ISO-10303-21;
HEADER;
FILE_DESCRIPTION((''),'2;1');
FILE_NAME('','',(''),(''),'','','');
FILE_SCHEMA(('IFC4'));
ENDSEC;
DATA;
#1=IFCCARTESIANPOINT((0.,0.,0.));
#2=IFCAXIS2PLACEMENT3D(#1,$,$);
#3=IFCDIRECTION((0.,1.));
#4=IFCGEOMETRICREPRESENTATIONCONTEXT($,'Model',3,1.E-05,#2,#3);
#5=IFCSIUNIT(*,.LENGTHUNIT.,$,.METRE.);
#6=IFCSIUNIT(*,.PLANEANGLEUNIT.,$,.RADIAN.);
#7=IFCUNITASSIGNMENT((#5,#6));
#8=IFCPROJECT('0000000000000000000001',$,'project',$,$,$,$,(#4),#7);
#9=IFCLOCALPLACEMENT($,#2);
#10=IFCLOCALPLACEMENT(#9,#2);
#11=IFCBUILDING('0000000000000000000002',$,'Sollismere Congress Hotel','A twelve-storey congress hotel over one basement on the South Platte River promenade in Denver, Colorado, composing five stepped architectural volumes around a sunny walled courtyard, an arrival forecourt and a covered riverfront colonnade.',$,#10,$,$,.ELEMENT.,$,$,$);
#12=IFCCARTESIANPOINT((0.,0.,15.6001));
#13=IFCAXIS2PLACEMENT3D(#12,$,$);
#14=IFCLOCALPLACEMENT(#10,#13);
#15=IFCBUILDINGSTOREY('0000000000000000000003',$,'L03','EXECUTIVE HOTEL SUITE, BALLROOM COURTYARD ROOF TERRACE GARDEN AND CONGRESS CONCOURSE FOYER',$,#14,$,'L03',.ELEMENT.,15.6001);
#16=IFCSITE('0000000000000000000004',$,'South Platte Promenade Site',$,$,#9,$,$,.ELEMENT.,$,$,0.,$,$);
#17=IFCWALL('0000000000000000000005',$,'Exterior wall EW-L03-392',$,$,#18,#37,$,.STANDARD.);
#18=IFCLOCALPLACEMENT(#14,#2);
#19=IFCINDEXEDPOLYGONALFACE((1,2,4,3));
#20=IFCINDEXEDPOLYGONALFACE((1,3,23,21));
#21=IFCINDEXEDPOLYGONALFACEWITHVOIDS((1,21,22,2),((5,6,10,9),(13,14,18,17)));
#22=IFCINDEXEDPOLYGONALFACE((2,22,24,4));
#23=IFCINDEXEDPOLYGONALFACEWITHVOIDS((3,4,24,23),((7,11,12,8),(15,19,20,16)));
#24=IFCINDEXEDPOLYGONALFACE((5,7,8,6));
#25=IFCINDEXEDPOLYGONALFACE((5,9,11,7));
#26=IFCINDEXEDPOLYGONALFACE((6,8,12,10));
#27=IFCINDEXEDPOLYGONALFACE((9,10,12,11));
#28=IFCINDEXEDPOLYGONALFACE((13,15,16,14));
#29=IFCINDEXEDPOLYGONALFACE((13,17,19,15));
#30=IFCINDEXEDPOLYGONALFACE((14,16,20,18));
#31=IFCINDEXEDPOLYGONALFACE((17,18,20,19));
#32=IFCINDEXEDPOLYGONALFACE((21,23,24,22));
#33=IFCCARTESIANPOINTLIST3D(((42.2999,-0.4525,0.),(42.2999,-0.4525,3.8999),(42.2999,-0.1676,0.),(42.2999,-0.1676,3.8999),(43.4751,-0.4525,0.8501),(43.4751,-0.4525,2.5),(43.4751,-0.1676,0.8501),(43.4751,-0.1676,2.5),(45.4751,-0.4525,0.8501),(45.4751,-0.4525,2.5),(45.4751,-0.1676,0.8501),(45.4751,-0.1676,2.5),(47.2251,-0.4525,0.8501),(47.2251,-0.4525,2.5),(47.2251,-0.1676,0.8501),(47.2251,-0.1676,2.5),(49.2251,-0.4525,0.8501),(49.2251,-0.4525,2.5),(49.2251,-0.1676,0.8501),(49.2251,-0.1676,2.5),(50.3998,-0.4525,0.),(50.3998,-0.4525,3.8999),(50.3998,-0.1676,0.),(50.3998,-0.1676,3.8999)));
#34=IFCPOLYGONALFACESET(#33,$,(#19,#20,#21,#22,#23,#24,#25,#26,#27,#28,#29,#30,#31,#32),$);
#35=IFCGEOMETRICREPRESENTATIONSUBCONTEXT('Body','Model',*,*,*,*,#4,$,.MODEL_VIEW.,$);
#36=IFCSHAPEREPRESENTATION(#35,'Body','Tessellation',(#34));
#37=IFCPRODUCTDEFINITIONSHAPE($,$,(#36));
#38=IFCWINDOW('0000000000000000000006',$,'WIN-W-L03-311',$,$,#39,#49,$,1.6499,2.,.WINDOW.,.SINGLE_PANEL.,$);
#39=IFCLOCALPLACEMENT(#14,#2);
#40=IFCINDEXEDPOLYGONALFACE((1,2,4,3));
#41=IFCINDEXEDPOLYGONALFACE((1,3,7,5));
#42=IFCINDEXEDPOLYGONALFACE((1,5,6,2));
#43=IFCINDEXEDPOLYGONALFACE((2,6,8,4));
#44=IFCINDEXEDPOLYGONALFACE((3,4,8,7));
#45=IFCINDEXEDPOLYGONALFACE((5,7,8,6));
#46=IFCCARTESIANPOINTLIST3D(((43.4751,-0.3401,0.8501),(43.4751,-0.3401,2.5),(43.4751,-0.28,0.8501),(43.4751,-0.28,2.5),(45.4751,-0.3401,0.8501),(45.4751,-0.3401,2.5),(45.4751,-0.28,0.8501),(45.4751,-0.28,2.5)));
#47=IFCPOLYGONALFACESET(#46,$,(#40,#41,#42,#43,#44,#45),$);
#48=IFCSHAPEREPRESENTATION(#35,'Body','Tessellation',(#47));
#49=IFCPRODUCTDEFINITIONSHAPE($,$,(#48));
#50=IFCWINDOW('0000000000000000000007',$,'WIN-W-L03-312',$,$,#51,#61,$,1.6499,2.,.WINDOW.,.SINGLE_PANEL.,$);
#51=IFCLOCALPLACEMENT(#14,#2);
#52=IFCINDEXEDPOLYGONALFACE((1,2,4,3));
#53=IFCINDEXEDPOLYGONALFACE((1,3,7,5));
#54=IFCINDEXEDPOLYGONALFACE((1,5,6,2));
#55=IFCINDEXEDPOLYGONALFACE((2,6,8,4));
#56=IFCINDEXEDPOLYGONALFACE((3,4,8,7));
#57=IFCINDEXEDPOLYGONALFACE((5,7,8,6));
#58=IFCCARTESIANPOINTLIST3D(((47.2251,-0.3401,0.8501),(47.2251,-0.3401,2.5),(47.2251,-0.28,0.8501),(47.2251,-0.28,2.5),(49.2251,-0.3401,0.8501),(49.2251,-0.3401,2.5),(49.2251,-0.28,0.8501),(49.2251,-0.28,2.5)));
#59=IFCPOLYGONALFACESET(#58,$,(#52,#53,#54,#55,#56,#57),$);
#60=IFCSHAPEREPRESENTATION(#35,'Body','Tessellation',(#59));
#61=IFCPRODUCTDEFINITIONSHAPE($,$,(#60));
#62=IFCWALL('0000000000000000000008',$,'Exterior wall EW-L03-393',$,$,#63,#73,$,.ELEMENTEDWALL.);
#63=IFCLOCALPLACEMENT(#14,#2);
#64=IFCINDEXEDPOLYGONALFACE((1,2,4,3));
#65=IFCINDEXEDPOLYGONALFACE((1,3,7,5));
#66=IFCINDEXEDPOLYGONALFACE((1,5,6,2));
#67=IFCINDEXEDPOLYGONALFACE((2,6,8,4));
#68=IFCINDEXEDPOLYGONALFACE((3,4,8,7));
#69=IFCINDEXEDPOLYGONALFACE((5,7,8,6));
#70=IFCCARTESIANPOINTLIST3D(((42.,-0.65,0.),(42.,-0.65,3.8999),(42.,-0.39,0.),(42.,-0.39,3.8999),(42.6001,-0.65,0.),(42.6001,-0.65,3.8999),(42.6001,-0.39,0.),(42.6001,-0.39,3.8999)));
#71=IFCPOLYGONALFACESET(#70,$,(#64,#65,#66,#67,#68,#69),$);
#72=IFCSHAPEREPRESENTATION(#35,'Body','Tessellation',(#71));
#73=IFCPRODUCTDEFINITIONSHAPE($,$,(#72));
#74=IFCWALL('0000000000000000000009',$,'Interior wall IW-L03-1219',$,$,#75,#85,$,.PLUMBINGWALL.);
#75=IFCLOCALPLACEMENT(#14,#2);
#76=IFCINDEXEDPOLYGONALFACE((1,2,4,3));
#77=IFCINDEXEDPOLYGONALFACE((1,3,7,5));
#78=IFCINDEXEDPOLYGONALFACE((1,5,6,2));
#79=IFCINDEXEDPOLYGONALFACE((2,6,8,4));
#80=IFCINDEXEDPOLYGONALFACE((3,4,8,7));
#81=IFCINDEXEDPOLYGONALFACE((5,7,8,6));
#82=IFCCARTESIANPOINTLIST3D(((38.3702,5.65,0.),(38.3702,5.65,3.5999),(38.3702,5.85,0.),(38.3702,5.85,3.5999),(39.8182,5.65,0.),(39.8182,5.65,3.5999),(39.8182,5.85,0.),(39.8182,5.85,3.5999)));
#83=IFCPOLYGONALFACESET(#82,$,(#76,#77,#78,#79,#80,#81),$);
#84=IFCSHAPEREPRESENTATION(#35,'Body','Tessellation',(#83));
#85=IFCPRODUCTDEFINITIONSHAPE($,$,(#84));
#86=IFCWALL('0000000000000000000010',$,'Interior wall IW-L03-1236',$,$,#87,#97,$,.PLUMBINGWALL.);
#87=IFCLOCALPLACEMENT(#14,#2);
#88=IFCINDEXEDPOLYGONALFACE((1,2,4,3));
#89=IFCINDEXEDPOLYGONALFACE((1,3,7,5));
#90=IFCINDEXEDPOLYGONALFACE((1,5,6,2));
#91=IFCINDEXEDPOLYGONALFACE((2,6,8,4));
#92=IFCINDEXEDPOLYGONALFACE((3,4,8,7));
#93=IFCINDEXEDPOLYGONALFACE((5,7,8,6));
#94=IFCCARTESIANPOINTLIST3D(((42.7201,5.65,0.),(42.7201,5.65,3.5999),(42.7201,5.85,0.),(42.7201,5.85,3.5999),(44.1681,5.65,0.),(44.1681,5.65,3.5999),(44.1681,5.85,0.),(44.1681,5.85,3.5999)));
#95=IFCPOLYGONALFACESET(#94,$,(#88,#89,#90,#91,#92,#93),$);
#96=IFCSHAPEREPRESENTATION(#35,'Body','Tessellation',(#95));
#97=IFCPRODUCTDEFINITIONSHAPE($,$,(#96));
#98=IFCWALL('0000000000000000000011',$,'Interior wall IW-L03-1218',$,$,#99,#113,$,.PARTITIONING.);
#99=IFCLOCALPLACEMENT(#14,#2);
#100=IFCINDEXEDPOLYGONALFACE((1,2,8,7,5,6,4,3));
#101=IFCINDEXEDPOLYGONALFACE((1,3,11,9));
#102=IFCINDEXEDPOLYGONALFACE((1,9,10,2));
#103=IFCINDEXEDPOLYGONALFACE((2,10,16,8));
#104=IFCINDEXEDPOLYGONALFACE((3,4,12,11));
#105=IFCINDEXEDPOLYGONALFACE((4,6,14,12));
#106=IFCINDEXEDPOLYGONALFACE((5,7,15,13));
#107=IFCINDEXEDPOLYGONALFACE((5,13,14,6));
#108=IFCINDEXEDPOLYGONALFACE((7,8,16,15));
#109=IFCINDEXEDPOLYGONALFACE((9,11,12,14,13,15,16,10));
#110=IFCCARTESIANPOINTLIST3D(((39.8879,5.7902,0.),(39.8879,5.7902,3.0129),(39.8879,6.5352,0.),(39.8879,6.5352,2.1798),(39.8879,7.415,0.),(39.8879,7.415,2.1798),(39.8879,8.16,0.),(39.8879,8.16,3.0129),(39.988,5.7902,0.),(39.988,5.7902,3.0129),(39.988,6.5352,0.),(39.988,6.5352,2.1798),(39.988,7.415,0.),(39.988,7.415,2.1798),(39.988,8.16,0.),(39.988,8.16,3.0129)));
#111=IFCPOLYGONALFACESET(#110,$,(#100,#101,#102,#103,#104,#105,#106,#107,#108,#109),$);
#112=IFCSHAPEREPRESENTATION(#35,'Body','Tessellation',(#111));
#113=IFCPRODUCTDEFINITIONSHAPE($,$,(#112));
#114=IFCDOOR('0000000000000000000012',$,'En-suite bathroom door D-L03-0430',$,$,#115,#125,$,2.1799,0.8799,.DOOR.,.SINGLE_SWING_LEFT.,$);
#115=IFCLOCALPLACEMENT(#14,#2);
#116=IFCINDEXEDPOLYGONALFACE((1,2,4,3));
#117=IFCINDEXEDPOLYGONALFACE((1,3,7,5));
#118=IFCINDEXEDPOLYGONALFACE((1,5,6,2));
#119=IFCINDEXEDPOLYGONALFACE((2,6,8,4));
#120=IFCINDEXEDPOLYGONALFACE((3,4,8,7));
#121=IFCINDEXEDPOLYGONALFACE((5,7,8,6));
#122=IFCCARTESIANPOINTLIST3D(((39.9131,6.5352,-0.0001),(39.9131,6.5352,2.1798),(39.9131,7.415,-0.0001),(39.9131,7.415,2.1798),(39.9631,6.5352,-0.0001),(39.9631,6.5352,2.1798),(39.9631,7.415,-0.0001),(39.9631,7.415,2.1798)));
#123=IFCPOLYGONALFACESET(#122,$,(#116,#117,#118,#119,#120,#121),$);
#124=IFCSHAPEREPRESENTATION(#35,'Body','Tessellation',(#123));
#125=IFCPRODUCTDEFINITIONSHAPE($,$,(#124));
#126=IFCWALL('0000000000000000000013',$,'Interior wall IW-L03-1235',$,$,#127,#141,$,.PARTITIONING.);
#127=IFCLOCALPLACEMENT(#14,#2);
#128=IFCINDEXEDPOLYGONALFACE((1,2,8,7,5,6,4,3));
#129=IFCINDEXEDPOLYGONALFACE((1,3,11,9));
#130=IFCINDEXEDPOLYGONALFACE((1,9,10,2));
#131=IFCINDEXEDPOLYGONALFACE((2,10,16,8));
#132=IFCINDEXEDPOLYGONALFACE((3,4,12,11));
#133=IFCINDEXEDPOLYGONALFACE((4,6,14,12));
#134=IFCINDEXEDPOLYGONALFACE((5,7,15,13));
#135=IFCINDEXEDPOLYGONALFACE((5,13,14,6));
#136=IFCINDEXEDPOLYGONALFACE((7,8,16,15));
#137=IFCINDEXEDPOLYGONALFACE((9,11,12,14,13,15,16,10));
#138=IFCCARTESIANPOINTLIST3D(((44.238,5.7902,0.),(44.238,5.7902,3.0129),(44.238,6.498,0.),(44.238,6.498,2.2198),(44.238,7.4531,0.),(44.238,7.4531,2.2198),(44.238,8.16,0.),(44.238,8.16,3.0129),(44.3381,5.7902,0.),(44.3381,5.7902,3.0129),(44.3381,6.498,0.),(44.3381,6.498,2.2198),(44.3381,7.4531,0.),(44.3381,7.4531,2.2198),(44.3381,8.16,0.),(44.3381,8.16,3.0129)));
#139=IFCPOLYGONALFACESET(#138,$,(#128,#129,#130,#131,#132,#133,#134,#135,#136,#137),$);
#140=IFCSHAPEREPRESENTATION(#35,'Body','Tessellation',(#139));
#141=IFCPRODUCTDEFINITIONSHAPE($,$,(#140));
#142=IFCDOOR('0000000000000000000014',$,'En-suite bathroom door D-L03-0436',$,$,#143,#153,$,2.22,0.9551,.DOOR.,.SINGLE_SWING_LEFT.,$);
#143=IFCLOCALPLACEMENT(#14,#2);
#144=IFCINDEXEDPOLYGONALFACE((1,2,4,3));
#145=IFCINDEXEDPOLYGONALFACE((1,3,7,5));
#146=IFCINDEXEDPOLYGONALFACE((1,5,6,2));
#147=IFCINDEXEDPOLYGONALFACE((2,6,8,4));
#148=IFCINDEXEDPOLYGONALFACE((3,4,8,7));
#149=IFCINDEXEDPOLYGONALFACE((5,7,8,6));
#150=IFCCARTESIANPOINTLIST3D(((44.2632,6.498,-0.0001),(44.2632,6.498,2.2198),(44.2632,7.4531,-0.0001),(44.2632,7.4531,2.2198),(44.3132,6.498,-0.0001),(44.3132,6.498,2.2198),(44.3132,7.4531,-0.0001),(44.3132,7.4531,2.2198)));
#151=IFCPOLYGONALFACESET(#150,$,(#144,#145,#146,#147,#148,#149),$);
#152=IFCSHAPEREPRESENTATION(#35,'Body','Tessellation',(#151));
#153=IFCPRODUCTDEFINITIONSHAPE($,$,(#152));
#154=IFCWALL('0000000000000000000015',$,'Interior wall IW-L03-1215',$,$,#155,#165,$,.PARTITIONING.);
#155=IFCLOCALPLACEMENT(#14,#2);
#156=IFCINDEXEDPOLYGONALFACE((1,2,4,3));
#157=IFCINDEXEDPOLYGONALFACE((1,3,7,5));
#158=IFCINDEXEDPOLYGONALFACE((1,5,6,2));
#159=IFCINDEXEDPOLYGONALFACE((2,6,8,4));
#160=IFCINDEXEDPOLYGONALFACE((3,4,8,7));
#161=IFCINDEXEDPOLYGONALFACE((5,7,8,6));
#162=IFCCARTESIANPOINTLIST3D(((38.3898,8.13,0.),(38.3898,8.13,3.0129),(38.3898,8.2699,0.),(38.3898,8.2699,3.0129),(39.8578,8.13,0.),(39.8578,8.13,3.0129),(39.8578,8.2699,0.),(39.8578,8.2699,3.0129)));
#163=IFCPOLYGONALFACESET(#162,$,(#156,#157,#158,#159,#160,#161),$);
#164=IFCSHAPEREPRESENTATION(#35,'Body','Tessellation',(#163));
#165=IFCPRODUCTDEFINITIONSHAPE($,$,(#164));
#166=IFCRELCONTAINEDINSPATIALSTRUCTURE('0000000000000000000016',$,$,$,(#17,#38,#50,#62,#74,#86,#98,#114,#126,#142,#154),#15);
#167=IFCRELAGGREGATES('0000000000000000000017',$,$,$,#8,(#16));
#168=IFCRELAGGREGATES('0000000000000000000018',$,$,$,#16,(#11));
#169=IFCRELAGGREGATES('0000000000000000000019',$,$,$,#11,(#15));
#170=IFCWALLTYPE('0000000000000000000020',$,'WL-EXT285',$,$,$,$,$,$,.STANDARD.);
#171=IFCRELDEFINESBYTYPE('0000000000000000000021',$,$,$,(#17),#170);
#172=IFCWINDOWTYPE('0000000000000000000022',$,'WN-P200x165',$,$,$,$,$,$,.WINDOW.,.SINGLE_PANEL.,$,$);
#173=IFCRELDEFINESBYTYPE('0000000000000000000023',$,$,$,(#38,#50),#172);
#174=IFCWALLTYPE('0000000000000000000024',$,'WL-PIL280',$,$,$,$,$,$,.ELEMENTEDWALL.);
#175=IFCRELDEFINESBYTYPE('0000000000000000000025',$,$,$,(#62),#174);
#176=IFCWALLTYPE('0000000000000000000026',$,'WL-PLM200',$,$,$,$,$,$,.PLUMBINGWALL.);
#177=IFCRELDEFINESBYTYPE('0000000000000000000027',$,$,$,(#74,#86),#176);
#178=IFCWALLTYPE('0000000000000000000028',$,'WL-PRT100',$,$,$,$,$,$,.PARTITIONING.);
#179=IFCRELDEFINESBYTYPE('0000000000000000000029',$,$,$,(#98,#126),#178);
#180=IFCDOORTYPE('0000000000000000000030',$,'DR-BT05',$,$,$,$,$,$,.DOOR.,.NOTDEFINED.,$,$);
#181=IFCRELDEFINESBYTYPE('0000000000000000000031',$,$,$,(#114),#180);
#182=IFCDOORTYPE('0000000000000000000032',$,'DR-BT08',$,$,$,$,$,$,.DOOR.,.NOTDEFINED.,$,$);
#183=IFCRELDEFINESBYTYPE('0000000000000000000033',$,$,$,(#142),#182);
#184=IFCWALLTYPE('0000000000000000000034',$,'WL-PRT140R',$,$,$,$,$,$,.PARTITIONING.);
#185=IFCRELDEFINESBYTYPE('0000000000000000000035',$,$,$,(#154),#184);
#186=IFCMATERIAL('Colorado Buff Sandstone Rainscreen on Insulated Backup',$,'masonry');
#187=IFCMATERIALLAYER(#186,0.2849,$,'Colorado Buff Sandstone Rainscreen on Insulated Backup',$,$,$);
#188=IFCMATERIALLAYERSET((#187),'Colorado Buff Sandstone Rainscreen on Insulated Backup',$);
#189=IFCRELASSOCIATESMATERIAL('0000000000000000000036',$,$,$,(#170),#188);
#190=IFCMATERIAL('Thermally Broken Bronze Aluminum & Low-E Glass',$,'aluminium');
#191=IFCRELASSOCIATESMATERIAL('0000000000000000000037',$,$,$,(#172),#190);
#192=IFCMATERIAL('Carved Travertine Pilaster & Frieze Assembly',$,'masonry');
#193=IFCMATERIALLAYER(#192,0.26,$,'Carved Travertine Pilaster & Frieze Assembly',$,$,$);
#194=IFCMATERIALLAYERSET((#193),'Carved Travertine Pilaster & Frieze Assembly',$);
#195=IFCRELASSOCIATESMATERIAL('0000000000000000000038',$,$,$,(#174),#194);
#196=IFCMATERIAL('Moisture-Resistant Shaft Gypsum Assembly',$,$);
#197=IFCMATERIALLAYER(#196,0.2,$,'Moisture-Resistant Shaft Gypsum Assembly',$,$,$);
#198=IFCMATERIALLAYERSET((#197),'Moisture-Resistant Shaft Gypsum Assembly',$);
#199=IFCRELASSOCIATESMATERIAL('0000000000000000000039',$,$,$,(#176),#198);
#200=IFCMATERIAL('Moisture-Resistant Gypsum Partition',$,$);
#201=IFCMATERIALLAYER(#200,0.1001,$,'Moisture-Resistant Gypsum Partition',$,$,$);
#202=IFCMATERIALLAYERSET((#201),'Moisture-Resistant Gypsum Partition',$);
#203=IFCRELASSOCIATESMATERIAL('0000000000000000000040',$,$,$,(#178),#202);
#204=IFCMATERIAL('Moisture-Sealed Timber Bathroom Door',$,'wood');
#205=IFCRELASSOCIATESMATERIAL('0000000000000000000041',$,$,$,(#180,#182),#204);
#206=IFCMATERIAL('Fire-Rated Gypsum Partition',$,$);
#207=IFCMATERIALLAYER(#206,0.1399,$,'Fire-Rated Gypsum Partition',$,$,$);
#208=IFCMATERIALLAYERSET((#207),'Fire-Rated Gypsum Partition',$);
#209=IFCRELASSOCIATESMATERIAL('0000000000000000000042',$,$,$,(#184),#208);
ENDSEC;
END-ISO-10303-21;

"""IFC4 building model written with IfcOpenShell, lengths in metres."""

from ifc_helpers import new_model, si_unit, direction, frame, frame_2d, origin, place, context, subcontext, project, spatial, rectangle, extrude, material, layer, layer_set, type_object, element, fill, save


model = new_model("IFC4")

# Units and contexts
model_context = context("Model", 3, precision=1e-05, world=origin(), true_north=direction((0.0, 1.0)))
body_context = subcontext(model_context, "Body", "Model", "MODEL_VIEW")
ifc_project = project(units=[si_unit("LENGTHUNIT", "METRE"), si_unit("PLANEANGLEUNIT", "RADIAN")], contexts=[model_context])

# Site, building, storey
site_placement = place(None, origin())
site = spatial("IfcSite", under=ifc_project, at=site_placement, Name="South Platte Promenade Site", CompositionType="ELEMENT", RefElevation=0.0)
building_placement = place(site_placement, origin())
building = spatial("IfcBuilding", under=site, at=building_placement, Name="Sollismere Congress Hotel", Description="A twelve-storey congress hotel over one basement on the South Platte River promenade in Denver, Colorado, composing five stepped architectural volumes around a sunny walled courtyard, an arrival forecourt and a covered riverfront colonnade.", CompositionType="ELEMENT")
storey_placement = place(building_placement, frame((0.0, 0.0, 15.6001)))
storey = spatial("IfcBuildingStorey", under=building, at=storey_placement, Name="L03", Description="EXECUTIVE HOTEL SUITE, BALLROOM COURTYARD ROOF TERRACE GARDEN AND CONGRESS CONCOURSE FOYER", LongName="L03", CompositionType="ELEMENT", Elevation=15.6001)

# Wall, openings, windows
ifc_material_1 = material(Name="Colorado Buff Sandstone Rainscreen on Insulated Backup", Category="masonry")
ifc_layer_1 = layer(ifc_material_1, 0.2849, Name="Colorado Buff Sandstone Rainscreen on Insulated Backup")
ifc_layer_set_1 = layer_set([ifc_layer_1], Name="Colorado Buff Sandstone Rainscreen on Insulated Backup")
wall_type_1 = type_object("IfcWallType", Name="WL-EXT285", PredefinedType="STANDARD", material=ifc_layer_set_1)
wall_1_placement = place(storey_placement, frame((42.3, -0.3101, 0.0), z_axis=(0.0, 0.0, 1.0), x_axis=(1.0, 0.0, 0.0)))
wall_1 = element("IfcWall", 1, at=wall_1_placement, inside=storey, type_object=wall_type_1, Name="Exterior wall EW-L03-392", PredefinedType="STANDARD", context=body_context, shape_type="SweptSolid", body=[
    extrude(rectangle(XDim=8.0999, YDim=0.2849, at=frame_2d((4.0498, 0.0))), origin(), (0.0, 0.0, 1.0), 3.8999),
])
opening_1_placement = place(wall_1_placement, frame((1.175, 0.0, 0.8501)))
opening_1 = element("IfcOpeningElement", 2, at=opening_1_placement, cuts=wall_1, PredefinedType="OPENING", context=body_context, shape_type="SweptSolid", body=[
    extrude(rectangle(XDim=2.0, YDim=1.6499, at=frame_2d((1.0, 0.825))), frame((0.0, 0.1523, 0.0), z_axis=(0.0, -1.0, 0.0), x_axis=(1.0, 0.0, 0.0)), (0.0, 0.0, 1.0), 0.3049),
])
opening_2_placement = place(wall_1_placement, frame((4.925, 0.0, 0.8501)))
opening_2 = element("IfcOpeningElement", 3, at=opening_2_placement, cuts=wall_1, PredefinedType="OPENING", context=body_context, shape_type="SweptSolid", body=[
    extrude(rectangle(XDim=2.0, YDim=1.6499, at=frame_2d((1.0, 0.825))), frame((0.0, 0.1523, 0.0), z_axis=(0.0, -1.0, 0.0), x_axis=(1.0, 0.0, 0.0)), (0.0, 0.0, 1.0), 0.3049),
])
ifc_material_2 = material(Name="Thermally Broken Bronze Aluminum & Low-E Glass", Category="aluminium")
window_type = type_object("IfcWindowType", Name="WN-P200x165", PartitioningType="SINGLE_PANEL", PredefinedType="WINDOW", material=ifc_material_2)
window_1_placement = place(opening_1_placement, origin())
window_1 = element("IfcWindow", 4, at=window_1_placement, inside=storey, type_object=window_type, Name="WIN-W-L03-311", OverallHeight=1.6499, OverallWidth=2.0, PartitioningType="SINGLE_PANEL", PredefinedType="WINDOW", context=body_context, shape_type="SweptSolid", body=[
    extrude(rectangle(XDim=2.0, YDim=1.6499, at=frame_2d((1.0, 0.825))), frame((0.0, 0.03, 0.0), z_axis=(0.0, -1.0, 0.0), x_axis=(1.0, 0.0, 0.0)), (0.0, 0.0, 1.0), 0.0601),
])
fill(opening_1, window_1)
window_2_placement = place(opening_2_placement, origin())
window_2 = element("IfcWindow", 5, at=window_2_placement, inside=storey, type_object=window_type, Name="WIN-W-L03-312", OverallHeight=1.6499, OverallWidth=2.0, PartitioningType="SINGLE_PANEL", PredefinedType="WINDOW", context=body_context, shape_type="SweptSolid", body=[
    extrude(rectangle(XDim=2.0, YDim=1.6499, at=frame_2d((1.0, 0.825))), frame((0.0, 0.03, 0.0), z_axis=(0.0, -1.0, 0.0), x_axis=(1.0, 0.0, 0.0)), (0.0, 0.0, 1.0), 0.0601),
])
fill(opening_2, window_2)

# Walls
ifc_material_3 = material(Name="Carved Travertine Pilaster & Frieze Assembly", Category="masonry")
ifc_layer_2 = layer(ifc_material_3, 0.26, Name="Carved Travertine Pilaster & Frieze Assembly")
ifc_layer_set_2 = layer_set([ifc_layer_2], Name="Carved Travertine Pilaster & Frieze Assembly")
wall_type_2 = type_object("IfcWallType", Name="WL-PIL280", PredefinedType="ELEMENTEDWALL", material=ifc_layer_set_2)
wall_2_placement = place(storey_placement, frame((42.0, -0.52, 0.0), z_axis=(0.0, 0.0, 1.0), x_axis=(1.0, 0.0, 0.0)))
element("IfcWall", 6, at=wall_2_placement, inside=storey, type_object=wall_type_2, Name="Exterior wall EW-L03-393", PredefinedType="ELEMENTEDWALL", context=body_context, shape_type="SweptSolid", body=[
    extrude(rectangle(XDim=0.6001, YDim=0.26, at=frame_2d((0.3, 0.0))), origin(), (0.0, 0.0, 1.0), 3.8999),
])
ifc_material_4 = material(Name="Moisture-Resistant Shaft Gypsum Assembly")
ifc_layer_3 = layer(ifc_material_4, 0.2, Name="Moisture-Resistant Shaft Gypsum Assembly")
ifc_layer_set_3 = layer_set([ifc_layer_3], Name="Moisture-Resistant Shaft Gypsum Assembly")
wall_type_3 = type_object("IfcWallType", Name="WL-PLM200", PredefinedType="PLUMBINGWALL", material=ifc_layer_set_3)
for number, where, z_axis, x_axis, name in (
    (7, (38.3701, 5.75, 0.0), (0.0, 0.0, 1.0), (1.0, 0.0, 0.0), "Interior wall IW-L03-1219"),
    (8, (42.72, 5.75, 0.0), (0.0, 0.0, 1.0), (1.0, 0.0, 0.0), "Interior wall IW-L03-1236"),
):
    element("IfcWall", number, at=place(storey_placement, frame(where, z_axis=z_axis, x_axis=x_axis)), inside=storey, type_object=wall_type_3, Name=name, PredefinedType="PLUMBINGWALL", context=body_context, shape_type="SweptSolid", body=[
        extrude(rectangle(XDim=1.448, YDim=0.2, at=frame_2d((0.7241, 0.0))), origin(), (0.0, 0.0, 1.0), 3.5999),
    ])

# Walls, openings, doors
ifc_material_5 = material(Name="Moisture-Resistant Gypsum Partition")
ifc_layer_4 = layer(ifc_material_5, 0.1001, Name="Moisture-Resistant Gypsum Partition")
ifc_layer_set_4 = layer_set([ifc_layer_4], Name="Moisture-Resistant Gypsum Partition")
wall_type_4 = type_object("IfcWallType", Name="WL-PRT100", PredefinedType="PARTITIONING", material=ifc_layer_set_4)
wall_3_placement = place(storey_placement, frame((39.938, 5.79, 0.0), z_axis=(0.0, 0.0, 1.0), x_axis=(0.0, 1.0, 0.0)))
wall_3 = element("IfcWall", 9, at=wall_3_placement, inside=storey, type_object=wall_type_4, Name="Interior wall IW-L03-1218", PredefinedType="PARTITIONING", context=body_context, shape_type="SweptSolid", body=[
    extrude(rectangle(XDim=2.3699, YDim=0.1001, at=frame_2d((1.1851, 0.0))), origin(), (0.0, 0.0, 1.0), 3.0129),
])
opening_3_placement = place(wall_3_placement, frame((0.7451, 0.0, 0.0)))
opening_3 = element("IfcOpeningElement", 10, at=opening_3_placement, cuts=wall_3, PredefinedType="OPENING", context=body_context, shape_type="SweptSolid", body=[
    extrude(rectangle(XDim=0.8799, YDim=2.1799, at=frame_2d((0.4399, 1.0898))), frame((0.0, 0.0601, 0.0), z_axis=(0.0, -1.0, 0.0), x_axis=(1.0, 0.0, 0.0)), (0.0, 0.0, 1.0), 0.1201),
])
ifc_material_6 = material(Name="Moisture-Sealed Timber Bathroom Door", Category="wood")
door_type_1 = type_object("IfcDoorType", Name="DR-BT05", OperationType="NOTDEFINED", PredefinedType="DOOR", material=ifc_material_6)
door_1_placement = place(opening_3_placement, origin())
door_1 = element("IfcDoor", 11, at=door_1_placement, inside=storey, type_object=door_type_1, Name="En-suite bathroom door D-L03-0430", OperationType="SINGLE_SWING_LEFT", OverallHeight=2.1799, OverallWidth=0.8799, PredefinedType="DOOR", context=body_context, shape_type="SweptSolid", body=[
    extrude(rectangle(XDim=0.8799, YDim=2.1799, at=frame_2d((0.4399, 1.0898))), frame((0.0, 0.0249, 0.0), z_axis=(0.0, -1.0, 0.0), x_axis=(1.0, 0.0, 0.0)), (0.0, 0.0, 1.0), 0.05),
])
fill(opening_3, door_1)
wall_4_placement = place(storey_placement, frame((44.2881, 5.79, 0.0), z_axis=(0.0, 0.0, 1.0), x_axis=(0.0, 1.0, 0.0)))
wall_4 = element("IfcWall", 12, at=wall_4_placement, inside=storey, type_object=wall_type_4, Name="Interior wall IW-L03-1235", PredefinedType="PARTITIONING", context=body_context, shape_type="SweptSolid", body=[
    extrude(rectangle(XDim=2.3699, YDim=0.1001, at=frame_2d((1.1851, 0.0))), origin(), (0.0, 0.0, 1.0), 3.0129),
])
opening_4_placement = place(wall_4_placement, frame((0.708, 0.0, 0.0)))
opening_4 = element("IfcOpeningElement", 13, at=opening_4_placement, cuts=wall_4, PredefinedType="OPENING", context=body_context, shape_type="SweptSolid", body=[
    extrude(rectangle(XDim=0.9551, YDim=2.22, at=frame_2d((0.4775, 1.1099))), frame((0.0, 0.0601, 0.0), z_axis=(0.0, -1.0, 0.0), x_axis=(1.0, 0.0, 0.0)), (0.0, 0.0, 1.0), 0.1201),
])
door_type_2 = type_object("IfcDoorType", Name="DR-BT08", OperationType="NOTDEFINED", PredefinedType="DOOR", material=ifc_material_6)
door_2_placement = place(opening_4_placement, origin())
door_2 = element("IfcDoor", 14, at=door_2_placement, inside=storey, type_object=door_type_2, Name="En-suite bathroom door D-L03-0436", OperationType="SINGLE_SWING_LEFT", OverallHeight=2.22, OverallWidth=0.9551, PredefinedType="DOOR", context=body_context, shape_type="SweptSolid", body=[
    extrude(rectangle(XDim=0.9551, YDim=2.22, at=frame_2d((0.4775, 1.1099))), frame((0.0, 0.0249, 0.0), z_axis=(0.0, -1.0, 0.0), x_axis=(1.0, 0.0, 0.0)), (0.0, 0.0, 1.0), 0.05),
])
fill(opening_4, door_2)

# Wall
ifc_material_7 = material(Name="Fire-Rated Gypsum Partition")
ifc_layer_5 = layer(ifc_material_7, 0.1399, Name="Fire-Rated Gypsum Partition")
ifc_layer_set_5 = layer_set([ifc_layer_5], Name="Fire-Rated Gypsum Partition")
wall_type_5 = type_object("IfcWallType", Name="WL-PRT140R", PredefinedType="PARTITIONING", material=ifc_layer_set_5)
wall_5_placement = place(storey_placement, frame((38.3899, 8.2, 0.0), z_axis=(0.0, 0.0, 1.0), x_axis=(1.0, 0.0, 0.0)))
element("IfcWall", 15, at=wall_5_placement, inside=storey, type_object=wall_type_5, Name="Interior wall IW-L03-1215", PredefinedType="PARTITIONING", context=body_context, shape_type="SweptSolid", body=[
    extrude(rectangle(XDim=1.468, YDim=0.1399, at=frame_2d((0.7339, 0.0))), origin(), (0.0, 0.0, 1.0), 3.0129),
])

save(model, "model.ifc")
